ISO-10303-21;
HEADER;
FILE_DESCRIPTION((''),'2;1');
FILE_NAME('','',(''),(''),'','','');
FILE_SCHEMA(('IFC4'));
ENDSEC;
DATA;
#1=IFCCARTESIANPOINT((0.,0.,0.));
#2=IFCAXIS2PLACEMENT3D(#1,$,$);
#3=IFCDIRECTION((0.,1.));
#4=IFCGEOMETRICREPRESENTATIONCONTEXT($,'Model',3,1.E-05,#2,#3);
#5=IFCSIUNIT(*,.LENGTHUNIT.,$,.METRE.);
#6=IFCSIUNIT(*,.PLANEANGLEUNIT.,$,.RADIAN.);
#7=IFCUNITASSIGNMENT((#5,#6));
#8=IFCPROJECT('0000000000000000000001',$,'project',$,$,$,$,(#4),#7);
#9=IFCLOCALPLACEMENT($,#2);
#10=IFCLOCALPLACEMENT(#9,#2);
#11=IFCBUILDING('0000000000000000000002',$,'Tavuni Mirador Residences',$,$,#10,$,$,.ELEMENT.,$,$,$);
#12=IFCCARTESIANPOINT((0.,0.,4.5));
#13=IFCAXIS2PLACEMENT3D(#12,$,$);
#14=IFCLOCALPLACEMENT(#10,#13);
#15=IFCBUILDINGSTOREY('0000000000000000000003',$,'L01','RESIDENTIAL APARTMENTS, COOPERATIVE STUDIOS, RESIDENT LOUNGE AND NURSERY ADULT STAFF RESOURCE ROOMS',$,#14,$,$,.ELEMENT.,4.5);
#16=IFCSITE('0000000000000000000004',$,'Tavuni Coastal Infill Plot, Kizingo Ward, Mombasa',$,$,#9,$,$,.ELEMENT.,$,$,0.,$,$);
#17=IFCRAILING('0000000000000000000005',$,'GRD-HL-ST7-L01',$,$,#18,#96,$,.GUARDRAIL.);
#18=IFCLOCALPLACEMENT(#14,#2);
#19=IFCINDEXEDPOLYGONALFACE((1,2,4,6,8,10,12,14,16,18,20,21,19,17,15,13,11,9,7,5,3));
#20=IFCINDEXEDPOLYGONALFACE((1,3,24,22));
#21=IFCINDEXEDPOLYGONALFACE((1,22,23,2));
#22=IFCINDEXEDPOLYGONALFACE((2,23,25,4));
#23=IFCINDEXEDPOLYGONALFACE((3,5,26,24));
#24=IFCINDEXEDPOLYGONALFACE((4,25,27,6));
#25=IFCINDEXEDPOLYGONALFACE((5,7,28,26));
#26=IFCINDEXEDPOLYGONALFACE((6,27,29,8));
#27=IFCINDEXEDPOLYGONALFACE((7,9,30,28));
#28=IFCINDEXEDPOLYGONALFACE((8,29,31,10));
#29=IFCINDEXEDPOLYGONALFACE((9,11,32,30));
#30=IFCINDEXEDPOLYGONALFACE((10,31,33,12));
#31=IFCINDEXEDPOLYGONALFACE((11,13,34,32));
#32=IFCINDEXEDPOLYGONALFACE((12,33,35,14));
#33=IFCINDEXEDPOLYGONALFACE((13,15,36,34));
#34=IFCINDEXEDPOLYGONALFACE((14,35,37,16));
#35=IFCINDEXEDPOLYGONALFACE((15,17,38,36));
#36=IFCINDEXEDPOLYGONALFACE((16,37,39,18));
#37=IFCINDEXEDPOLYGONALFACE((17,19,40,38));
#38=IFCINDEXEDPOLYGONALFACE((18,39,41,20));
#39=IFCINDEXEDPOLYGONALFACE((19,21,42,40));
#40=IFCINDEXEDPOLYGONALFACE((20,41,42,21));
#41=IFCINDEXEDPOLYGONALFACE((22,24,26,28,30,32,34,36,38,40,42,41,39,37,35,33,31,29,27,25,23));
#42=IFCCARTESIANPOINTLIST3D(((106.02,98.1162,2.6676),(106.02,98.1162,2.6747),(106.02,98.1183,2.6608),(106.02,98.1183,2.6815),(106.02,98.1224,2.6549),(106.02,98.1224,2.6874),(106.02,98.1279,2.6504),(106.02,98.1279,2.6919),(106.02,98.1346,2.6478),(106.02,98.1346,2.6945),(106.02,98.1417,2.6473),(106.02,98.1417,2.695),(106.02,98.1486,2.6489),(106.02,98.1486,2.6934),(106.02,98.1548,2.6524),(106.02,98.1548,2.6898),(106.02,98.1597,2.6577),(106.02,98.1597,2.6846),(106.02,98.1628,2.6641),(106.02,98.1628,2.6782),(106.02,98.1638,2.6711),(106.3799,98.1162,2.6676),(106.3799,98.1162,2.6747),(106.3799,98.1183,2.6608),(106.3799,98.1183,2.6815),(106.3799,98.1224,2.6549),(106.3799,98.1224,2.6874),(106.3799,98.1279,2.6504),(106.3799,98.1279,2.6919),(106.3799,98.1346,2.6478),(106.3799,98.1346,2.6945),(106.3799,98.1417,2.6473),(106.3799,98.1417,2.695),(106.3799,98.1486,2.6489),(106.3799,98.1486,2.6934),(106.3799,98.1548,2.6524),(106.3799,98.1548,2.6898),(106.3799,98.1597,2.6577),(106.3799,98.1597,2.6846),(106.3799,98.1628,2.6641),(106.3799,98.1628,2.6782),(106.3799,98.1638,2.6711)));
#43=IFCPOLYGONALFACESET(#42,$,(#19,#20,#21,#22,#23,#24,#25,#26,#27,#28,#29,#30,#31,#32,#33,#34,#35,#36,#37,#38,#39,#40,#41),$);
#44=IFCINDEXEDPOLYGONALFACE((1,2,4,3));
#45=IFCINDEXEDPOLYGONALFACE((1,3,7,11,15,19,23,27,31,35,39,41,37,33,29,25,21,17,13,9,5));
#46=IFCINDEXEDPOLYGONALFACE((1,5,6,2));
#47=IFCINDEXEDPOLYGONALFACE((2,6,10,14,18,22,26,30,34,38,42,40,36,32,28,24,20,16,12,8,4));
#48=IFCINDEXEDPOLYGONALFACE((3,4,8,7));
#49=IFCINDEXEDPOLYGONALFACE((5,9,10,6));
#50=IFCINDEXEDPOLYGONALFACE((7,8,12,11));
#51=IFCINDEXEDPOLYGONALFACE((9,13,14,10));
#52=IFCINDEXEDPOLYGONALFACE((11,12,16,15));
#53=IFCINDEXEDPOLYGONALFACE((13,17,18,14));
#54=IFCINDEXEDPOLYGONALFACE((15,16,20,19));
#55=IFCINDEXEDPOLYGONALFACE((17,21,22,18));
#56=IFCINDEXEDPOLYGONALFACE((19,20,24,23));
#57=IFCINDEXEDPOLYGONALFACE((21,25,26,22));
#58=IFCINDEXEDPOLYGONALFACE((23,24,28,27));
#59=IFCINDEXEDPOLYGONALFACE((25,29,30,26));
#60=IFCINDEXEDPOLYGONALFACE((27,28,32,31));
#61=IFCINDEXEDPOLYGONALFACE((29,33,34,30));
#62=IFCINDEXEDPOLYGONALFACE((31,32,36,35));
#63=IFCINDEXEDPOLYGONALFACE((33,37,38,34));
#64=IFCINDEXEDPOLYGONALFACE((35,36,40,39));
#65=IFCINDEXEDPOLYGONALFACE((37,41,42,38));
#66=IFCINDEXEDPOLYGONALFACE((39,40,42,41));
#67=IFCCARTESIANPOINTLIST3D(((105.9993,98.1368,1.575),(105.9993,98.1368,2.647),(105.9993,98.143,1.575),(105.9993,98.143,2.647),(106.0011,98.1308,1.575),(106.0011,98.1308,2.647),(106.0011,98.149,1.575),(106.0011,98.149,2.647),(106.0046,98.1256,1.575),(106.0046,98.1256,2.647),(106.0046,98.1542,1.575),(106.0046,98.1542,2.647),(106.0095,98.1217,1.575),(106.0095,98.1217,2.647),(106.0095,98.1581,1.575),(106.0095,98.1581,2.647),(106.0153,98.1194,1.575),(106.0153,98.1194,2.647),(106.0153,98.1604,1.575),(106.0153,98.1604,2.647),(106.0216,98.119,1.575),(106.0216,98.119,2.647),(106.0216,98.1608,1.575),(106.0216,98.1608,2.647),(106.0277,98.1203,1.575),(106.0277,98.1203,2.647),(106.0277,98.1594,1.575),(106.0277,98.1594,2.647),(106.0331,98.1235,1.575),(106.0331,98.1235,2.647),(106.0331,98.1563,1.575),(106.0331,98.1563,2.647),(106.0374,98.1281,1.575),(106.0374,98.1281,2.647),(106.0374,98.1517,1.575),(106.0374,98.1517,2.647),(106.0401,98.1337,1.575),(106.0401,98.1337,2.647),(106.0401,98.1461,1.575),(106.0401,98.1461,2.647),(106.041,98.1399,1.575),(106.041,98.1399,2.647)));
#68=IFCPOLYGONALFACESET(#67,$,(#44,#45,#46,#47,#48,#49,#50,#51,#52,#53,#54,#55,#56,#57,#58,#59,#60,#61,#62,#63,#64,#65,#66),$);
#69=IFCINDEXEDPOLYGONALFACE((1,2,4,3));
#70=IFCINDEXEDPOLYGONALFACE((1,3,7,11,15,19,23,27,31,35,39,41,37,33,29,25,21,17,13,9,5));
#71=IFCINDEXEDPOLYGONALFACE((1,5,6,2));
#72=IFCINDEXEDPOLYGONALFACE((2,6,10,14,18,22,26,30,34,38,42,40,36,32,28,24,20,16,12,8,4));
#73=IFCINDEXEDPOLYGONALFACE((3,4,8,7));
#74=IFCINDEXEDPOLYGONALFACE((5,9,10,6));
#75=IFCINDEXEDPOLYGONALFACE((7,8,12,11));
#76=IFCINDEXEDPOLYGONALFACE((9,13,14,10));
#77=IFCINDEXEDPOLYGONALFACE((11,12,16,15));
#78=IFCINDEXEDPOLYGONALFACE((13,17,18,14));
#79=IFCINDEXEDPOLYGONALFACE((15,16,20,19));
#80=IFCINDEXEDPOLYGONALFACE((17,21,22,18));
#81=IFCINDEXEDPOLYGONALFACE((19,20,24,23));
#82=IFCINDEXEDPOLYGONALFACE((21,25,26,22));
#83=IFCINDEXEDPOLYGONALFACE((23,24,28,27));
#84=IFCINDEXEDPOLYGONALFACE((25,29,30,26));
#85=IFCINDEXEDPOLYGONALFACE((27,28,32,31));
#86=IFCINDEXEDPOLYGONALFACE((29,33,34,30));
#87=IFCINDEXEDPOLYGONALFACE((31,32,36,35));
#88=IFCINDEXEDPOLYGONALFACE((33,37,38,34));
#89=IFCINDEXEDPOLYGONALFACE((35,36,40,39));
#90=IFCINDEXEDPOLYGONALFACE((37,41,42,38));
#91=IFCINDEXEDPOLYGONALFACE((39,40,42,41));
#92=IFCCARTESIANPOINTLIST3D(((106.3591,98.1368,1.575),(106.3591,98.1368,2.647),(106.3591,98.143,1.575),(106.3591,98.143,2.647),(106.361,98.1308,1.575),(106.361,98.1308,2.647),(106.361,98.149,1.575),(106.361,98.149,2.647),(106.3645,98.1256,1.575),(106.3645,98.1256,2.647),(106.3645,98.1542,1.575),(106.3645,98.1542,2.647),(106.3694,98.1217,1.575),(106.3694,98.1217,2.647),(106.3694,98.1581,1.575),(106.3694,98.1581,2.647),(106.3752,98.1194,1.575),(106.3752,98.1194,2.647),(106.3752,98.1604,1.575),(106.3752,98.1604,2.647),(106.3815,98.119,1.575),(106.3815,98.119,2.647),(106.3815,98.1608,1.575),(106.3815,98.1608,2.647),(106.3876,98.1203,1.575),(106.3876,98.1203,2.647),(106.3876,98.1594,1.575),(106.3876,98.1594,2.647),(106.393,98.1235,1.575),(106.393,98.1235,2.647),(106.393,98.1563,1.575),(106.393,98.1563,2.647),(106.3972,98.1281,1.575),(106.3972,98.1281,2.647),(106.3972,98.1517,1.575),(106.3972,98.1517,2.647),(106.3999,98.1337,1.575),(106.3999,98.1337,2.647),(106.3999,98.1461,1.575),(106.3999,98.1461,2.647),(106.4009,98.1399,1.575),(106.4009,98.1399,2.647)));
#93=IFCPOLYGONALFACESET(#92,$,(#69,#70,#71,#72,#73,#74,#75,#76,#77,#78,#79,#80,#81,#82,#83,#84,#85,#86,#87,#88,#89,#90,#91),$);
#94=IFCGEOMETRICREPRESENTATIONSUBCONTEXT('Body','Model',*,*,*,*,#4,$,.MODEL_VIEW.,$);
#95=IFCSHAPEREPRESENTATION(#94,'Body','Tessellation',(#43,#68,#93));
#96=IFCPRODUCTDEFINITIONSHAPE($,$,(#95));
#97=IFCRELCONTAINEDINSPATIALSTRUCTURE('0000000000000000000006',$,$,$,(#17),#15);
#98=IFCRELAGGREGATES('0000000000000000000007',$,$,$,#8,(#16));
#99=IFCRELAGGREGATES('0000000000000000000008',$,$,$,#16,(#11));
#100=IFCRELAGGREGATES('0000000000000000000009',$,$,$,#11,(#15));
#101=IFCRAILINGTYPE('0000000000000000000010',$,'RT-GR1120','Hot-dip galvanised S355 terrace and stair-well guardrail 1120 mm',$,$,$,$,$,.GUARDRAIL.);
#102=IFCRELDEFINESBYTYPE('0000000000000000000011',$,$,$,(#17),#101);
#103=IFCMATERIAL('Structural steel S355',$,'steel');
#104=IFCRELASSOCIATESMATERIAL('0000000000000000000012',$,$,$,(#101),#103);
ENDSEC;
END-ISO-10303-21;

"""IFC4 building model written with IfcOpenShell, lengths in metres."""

from ifc_helpers import new_model, si_unit, direction, frame, origin, origin_2d, place, context, subcontext, project, spatial, circle, extrude, material, type_object, element, save


model = new_model("IFC4")

# Units and contexts
model_context = context("Model", 3, precision=1e-05, world=origin(), true_north=direction((0.0, 1.0)))
body_context = subcontext(model_context, "Body", "Model", "MODEL_VIEW")
ifc_project = project(units=[si_unit("LENGTHUNIT", "METRE"), si_unit("PLANEANGLEUNIT", "RADIAN")], contexts=[model_context])

# Site, building, storey
site_placement = place(None, origin())
site = spatial("IfcSite", under=ifc_project, at=site_placement, Name="Tavuni Coastal Infill Plot, Kizingo Ward, Mombasa", CompositionType="ELEMENT", RefElevation=0.0)
building_placement = place(site_placement, origin())
building = spatial("IfcBuilding", under=site, at=building_placement, Name="Tavuni Mirador Residences", CompositionType="ELEMENT")
storey_placement = place(building_placement, frame((0.0, 0.0, 4.5)))
storey = spatial("IfcBuildingStorey", under=building, at=storey_placement, Name="L01", Description="RESIDENTIAL APARTMENTS, COOPERATIVE STUDIOS, RESIDENT LOUNGE AND NURSERY ADULT STAFF RESOURCE ROOMS", CompositionType="ELEMENT", Elevation=4.5)

# Shared definitions
ifc_material_1 = material(Name="Structural steel S355", Category="steel")

# Railing
railing_type_1 = type_object("IfcRailingType", Name="RT-GR1120", Description="Hot-dip galvanised S355 terrace and stair-well guardrail 1120 mm", PredefinedType="GUARDRAIL", material=ifc_material_1)
railing_1_placement = place(storey_placement, frame((106.02, 98.1399, 1.575)))
element("IfcRailing", 1, at=railing_1_placement, inside=storey, type_object=railing_type_1, Name="GRD-HL-ST7-L01", PredefinedType="GUARDRAIL", context=body_context, shape_type="SweptSolid", body=[
    extrude(circle(Radius=0.0239, at=origin_2d()), frame((0.0, 0.0, 1.0962), z_axis=(1.0, 0.0, 0.0), x_axis=(0.0, 1.0, 0.0)), (0.0, 0.0, 1.0), 0.3599),
    extrude(circle(Radius=0.021, at=origin_2d()), origin(), (0.0, 0.0, 1.0), 1.072),
    extrude(circle(Radius=0.021, at=origin_2d()), frame((0.3599, 0.0, 0.0)), (0.0, 0.0, 1.0), 1.072),
])

save(model, "model.ifc")
